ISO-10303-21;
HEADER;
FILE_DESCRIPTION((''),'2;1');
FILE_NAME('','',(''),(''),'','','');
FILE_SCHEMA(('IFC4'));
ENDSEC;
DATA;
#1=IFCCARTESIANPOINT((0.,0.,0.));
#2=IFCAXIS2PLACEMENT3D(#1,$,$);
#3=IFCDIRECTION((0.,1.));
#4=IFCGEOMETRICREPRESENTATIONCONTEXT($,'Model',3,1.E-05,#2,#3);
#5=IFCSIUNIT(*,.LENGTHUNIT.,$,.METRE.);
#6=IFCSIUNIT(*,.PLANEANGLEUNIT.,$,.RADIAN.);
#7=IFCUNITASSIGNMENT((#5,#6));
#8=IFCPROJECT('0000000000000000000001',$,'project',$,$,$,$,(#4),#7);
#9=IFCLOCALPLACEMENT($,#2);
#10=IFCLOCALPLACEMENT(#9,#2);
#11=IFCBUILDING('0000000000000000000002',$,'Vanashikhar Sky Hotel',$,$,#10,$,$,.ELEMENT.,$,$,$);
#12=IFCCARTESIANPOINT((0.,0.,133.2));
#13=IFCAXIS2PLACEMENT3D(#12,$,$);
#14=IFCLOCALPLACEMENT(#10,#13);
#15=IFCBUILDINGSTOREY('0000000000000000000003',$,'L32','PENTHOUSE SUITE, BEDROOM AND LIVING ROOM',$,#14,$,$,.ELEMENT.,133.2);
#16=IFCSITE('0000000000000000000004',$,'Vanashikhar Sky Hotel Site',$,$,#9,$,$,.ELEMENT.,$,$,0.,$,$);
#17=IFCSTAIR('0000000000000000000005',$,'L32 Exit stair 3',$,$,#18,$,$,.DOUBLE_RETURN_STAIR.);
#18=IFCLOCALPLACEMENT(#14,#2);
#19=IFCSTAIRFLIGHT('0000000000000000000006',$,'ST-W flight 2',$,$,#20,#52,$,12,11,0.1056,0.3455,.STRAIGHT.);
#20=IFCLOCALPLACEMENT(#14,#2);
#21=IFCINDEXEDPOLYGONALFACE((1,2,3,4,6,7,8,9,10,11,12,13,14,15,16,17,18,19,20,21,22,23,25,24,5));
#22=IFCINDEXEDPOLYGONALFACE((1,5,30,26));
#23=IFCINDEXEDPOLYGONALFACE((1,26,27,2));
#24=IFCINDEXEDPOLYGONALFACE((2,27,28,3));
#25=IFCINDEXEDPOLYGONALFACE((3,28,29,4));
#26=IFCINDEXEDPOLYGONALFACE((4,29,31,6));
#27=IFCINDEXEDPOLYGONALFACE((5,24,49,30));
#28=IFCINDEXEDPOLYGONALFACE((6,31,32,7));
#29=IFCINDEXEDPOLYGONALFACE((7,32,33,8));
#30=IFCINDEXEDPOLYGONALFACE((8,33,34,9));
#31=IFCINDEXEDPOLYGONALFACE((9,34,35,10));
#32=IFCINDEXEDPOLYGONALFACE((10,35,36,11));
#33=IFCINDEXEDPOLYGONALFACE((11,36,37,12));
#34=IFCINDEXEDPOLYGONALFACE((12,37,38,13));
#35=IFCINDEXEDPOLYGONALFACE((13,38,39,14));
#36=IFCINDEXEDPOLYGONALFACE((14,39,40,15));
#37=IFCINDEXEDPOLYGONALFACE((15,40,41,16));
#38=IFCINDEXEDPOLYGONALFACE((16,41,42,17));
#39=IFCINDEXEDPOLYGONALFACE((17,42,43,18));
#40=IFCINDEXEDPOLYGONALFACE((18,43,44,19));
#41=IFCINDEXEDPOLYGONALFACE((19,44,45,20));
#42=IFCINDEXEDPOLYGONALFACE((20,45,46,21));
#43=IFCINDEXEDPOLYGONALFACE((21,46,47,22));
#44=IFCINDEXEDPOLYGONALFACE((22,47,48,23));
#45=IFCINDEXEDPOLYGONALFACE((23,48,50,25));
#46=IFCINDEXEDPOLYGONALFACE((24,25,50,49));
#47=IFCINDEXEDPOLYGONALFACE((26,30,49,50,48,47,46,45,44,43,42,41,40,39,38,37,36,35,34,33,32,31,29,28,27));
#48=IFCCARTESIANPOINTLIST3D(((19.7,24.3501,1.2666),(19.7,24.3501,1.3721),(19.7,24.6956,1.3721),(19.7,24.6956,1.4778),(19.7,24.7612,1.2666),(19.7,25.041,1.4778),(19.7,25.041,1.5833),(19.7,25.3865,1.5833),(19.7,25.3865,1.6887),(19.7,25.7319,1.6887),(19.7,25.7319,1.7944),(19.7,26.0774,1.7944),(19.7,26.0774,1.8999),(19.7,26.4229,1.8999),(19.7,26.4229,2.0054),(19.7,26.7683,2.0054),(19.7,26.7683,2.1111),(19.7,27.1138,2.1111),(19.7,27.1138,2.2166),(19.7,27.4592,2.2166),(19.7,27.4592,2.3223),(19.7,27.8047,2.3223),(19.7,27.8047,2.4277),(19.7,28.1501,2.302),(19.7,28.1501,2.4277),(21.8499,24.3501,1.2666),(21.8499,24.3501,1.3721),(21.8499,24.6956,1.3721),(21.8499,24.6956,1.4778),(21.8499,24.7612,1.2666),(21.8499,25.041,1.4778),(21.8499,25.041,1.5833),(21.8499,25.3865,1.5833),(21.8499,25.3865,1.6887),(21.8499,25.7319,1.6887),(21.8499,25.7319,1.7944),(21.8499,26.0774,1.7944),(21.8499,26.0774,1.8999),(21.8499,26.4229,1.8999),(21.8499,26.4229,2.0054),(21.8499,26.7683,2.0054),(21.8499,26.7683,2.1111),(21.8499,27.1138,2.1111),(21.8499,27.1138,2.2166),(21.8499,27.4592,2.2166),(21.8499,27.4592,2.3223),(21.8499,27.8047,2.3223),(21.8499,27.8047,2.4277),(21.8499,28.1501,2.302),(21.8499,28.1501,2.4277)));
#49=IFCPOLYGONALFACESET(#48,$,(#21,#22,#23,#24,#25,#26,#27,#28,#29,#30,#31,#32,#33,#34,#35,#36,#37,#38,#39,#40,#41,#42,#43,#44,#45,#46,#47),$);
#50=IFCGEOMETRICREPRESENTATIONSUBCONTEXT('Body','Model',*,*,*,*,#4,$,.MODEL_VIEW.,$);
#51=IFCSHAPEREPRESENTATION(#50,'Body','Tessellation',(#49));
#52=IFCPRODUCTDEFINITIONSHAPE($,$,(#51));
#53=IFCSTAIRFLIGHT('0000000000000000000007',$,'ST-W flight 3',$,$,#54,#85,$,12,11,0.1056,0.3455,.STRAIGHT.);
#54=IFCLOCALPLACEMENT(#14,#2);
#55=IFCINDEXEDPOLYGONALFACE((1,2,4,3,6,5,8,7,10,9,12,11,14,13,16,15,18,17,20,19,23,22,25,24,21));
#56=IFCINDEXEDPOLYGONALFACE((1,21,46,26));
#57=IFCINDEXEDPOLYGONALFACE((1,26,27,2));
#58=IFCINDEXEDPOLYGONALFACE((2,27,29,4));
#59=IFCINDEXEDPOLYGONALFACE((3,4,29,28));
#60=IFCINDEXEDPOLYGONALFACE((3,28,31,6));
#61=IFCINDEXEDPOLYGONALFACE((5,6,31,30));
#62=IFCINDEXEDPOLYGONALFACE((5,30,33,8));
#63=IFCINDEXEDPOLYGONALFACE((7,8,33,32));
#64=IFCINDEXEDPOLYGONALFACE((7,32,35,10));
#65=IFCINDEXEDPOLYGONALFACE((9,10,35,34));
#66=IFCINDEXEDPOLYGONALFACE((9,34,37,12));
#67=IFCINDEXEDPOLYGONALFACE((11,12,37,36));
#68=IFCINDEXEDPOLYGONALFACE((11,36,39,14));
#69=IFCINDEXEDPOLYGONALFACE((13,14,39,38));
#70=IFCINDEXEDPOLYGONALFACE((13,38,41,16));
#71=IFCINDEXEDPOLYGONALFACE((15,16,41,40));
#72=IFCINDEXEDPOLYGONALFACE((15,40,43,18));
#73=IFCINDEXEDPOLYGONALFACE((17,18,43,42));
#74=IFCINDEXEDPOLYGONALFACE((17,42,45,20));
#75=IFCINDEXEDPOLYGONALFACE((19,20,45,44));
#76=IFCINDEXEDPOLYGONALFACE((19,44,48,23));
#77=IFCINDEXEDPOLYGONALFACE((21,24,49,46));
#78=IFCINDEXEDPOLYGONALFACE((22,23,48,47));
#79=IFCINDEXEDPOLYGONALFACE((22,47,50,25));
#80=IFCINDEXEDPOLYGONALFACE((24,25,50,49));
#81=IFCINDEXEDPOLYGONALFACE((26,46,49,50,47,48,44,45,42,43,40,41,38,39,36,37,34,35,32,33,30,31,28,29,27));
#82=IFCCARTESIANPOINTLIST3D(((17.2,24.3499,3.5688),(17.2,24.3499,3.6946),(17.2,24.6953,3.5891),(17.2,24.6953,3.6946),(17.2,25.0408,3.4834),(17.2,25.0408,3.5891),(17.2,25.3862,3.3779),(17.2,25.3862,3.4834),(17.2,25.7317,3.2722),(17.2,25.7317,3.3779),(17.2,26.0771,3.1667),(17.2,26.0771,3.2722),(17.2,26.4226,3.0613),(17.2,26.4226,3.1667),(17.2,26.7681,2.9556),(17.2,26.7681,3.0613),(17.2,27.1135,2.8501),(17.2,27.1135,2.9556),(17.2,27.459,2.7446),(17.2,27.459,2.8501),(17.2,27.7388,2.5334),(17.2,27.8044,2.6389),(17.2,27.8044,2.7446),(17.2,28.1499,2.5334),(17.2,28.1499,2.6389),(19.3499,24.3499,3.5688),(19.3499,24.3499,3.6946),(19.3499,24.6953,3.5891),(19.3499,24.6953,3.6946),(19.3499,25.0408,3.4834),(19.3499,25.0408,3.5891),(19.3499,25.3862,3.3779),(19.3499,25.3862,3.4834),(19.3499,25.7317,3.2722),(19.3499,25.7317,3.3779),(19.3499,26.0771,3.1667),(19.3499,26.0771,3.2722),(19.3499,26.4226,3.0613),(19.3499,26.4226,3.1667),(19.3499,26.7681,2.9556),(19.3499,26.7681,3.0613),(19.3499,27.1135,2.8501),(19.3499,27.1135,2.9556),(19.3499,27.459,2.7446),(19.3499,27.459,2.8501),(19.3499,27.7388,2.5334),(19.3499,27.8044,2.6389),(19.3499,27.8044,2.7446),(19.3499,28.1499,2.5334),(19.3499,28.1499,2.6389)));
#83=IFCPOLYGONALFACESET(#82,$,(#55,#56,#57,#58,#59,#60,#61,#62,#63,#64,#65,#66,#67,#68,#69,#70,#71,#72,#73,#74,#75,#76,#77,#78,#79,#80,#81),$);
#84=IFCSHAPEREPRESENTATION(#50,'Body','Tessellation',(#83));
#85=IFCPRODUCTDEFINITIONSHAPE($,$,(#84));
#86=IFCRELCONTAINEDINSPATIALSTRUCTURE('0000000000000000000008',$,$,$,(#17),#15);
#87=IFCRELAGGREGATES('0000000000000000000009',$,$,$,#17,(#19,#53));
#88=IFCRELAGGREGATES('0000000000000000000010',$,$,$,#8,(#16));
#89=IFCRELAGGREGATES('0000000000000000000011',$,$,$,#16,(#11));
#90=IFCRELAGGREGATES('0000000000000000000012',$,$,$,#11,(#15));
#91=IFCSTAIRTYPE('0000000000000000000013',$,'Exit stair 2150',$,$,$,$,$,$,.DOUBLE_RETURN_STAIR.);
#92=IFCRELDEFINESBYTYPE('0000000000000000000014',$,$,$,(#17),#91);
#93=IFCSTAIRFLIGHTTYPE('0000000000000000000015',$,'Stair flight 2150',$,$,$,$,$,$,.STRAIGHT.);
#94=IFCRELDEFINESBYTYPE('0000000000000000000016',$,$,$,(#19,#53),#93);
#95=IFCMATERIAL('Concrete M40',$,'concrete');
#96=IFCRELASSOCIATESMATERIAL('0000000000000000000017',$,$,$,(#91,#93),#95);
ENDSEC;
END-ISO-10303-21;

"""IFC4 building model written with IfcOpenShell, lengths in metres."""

from ifc_helpers import new_model, si_unit, direction, frame, origin, place, context, subcontext, project, spatial, polyline, outline, extrude, source, transform, mapped, material, type_object, element, aggregate, save


model = new_model("IFC4")

# Units and contexts
model_context = context("Model", 3, precision=1e-05, world=origin(), true_north=direction((0.0, 1.0)))
body_context = subcontext(model_context, "Body", "Model", "MODEL_VIEW")
ifc_project = project(units=[si_unit("LENGTHUNIT", "METRE"), si_unit("PLANEANGLEUNIT", "RADIAN")], contexts=[model_context])

# Site, building, storey
site_placement = place(None, origin())
site = spatial("IfcSite", under=ifc_project, at=site_placement, Name="Vanashikhar Sky Hotel Site", CompositionType="ELEMENT", RefElevation=0.0)
building_placement = place(site_placement, origin())
building = spatial("IfcBuilding", under=site, at=building_placement, Name="Vanashikhar Sky Hotel", CompositionType="ELEMENT")
storey_placement = place(building_placement, frame((0.0, 0.0, 133.2)))
storey = spatial("IfcBuildingStorey", under=building, at=storey_placement, Name="L32", Description="PENTHOUSE SUITE, BEDROOM AND LIVING ROOM", CompositionType="ELEMENT", Elevation=133.2)

# Stair, stair flights
ifc_material_1 = material(Name="Concrete M40", Category="concrete")
stair_type = type_object("IfcStairType", Name="Exit stair 2150", PredefinedType="DOUBLE_RETURN_STAIR", material=ifc_material_1)
stair_placement = place(storey_placement, origin())
stair = element("IfcStair", 1, at=stair_placement, inside=storey, type_object=stair_type, Name="L32 Exit stair 3", PredefinedType="DOUBLE_RETURN_STAIR")
stair_flight_type = type_object("IfcStairFlightType", Name="Stair flight 2150", PredefinedType="STRAIGHT", material=ifc_material_1)
shared_shape_1 = source(origin(), body_context, "Body", "SweptSolid", [
    extrude(outline(polyline([(0.0, 0.0), (0.0, 0.1055), (0.3455, 0.1055), (0.3455, 0.2112), (0.6909, 0.2112), (0.6909, 0.3167), (1.0364, 0.3167), (1.0364, 0.4221), (1.3818, 0.4221), (1.3818, 0.5278), (1.7273, 0.5278), (1.7273, 0.6333), (2.0728, 0.6333), (2.0728, 0.7388), (2.4182, 0.7388), (2.4182, 0.8445), (2.7637, 0.8445), (2.7637, 0.95), (3.1091, 0.95), (3.1091, 1.0557), (3.4546, 1.0557), (3.4546, 1.1611), (3.8, 1.1611), (3.8, 1.2666), (3.8, 1.0354), (0.4111, 0.0), (0.0, 0.0)])), frame((0.0, 1.075, 0.0), z_axis=(0.0, -1.0, 0.0), x_axis=(1.0, 0.0, 0.0)), (0.0, 0.0, 1.0), 2.1499),
])
stair_flight_1_placement = place(storey_placement, frame((20.7749, 24.3501, 1.2666), z_axis=(0.0, 0.0, 1.0), x_axis=(0.0, 1.0, 0.0)))
stair_flight_1 = element("IfcStairFlight", 2, at=stair_flight_1_placement, type_object=stair_flight_type, Name="ST-W flight 2", NumberOfRisers=12, NumberOfTreads=11, PredefinedType="STRAIGHT", RiserHeight=0.1056, TreadLength=0.3455, context=body_context, shape_type="MappedRepresentation", body=[
    mapped(shared_shape_1, transform((0.0, 0.0, 0.0), scale=1.0)),
])
stair_flight_2_placement = place(storey_placement, frame((18.2749, 28.1499, 2.5334), z_axis=(0.0, 0.0, 1.0), x_axis=(0.0, -1.0, 0.0)))
stair_flight_2 = element("IfcStairFlight", 3, at=stair_flight_2_placement, type_object=stair_flight_type, Name="ST-W flight 3", NumberOfRisers=12, NumberOfTreads=11, PredefinedType="STRAIGHT", RiserHeight=0.1056, TreadLength=0.3455, context=body_context, shape_type="MappedRepresentation", body=[
    mapped(shared_shape_1, transform((0.0, 0.0, 0.0), scale=1.0)),
])
aggregate(stair, [stair_flight_1, stair_flight_2])

save(model, "model.ifc")
